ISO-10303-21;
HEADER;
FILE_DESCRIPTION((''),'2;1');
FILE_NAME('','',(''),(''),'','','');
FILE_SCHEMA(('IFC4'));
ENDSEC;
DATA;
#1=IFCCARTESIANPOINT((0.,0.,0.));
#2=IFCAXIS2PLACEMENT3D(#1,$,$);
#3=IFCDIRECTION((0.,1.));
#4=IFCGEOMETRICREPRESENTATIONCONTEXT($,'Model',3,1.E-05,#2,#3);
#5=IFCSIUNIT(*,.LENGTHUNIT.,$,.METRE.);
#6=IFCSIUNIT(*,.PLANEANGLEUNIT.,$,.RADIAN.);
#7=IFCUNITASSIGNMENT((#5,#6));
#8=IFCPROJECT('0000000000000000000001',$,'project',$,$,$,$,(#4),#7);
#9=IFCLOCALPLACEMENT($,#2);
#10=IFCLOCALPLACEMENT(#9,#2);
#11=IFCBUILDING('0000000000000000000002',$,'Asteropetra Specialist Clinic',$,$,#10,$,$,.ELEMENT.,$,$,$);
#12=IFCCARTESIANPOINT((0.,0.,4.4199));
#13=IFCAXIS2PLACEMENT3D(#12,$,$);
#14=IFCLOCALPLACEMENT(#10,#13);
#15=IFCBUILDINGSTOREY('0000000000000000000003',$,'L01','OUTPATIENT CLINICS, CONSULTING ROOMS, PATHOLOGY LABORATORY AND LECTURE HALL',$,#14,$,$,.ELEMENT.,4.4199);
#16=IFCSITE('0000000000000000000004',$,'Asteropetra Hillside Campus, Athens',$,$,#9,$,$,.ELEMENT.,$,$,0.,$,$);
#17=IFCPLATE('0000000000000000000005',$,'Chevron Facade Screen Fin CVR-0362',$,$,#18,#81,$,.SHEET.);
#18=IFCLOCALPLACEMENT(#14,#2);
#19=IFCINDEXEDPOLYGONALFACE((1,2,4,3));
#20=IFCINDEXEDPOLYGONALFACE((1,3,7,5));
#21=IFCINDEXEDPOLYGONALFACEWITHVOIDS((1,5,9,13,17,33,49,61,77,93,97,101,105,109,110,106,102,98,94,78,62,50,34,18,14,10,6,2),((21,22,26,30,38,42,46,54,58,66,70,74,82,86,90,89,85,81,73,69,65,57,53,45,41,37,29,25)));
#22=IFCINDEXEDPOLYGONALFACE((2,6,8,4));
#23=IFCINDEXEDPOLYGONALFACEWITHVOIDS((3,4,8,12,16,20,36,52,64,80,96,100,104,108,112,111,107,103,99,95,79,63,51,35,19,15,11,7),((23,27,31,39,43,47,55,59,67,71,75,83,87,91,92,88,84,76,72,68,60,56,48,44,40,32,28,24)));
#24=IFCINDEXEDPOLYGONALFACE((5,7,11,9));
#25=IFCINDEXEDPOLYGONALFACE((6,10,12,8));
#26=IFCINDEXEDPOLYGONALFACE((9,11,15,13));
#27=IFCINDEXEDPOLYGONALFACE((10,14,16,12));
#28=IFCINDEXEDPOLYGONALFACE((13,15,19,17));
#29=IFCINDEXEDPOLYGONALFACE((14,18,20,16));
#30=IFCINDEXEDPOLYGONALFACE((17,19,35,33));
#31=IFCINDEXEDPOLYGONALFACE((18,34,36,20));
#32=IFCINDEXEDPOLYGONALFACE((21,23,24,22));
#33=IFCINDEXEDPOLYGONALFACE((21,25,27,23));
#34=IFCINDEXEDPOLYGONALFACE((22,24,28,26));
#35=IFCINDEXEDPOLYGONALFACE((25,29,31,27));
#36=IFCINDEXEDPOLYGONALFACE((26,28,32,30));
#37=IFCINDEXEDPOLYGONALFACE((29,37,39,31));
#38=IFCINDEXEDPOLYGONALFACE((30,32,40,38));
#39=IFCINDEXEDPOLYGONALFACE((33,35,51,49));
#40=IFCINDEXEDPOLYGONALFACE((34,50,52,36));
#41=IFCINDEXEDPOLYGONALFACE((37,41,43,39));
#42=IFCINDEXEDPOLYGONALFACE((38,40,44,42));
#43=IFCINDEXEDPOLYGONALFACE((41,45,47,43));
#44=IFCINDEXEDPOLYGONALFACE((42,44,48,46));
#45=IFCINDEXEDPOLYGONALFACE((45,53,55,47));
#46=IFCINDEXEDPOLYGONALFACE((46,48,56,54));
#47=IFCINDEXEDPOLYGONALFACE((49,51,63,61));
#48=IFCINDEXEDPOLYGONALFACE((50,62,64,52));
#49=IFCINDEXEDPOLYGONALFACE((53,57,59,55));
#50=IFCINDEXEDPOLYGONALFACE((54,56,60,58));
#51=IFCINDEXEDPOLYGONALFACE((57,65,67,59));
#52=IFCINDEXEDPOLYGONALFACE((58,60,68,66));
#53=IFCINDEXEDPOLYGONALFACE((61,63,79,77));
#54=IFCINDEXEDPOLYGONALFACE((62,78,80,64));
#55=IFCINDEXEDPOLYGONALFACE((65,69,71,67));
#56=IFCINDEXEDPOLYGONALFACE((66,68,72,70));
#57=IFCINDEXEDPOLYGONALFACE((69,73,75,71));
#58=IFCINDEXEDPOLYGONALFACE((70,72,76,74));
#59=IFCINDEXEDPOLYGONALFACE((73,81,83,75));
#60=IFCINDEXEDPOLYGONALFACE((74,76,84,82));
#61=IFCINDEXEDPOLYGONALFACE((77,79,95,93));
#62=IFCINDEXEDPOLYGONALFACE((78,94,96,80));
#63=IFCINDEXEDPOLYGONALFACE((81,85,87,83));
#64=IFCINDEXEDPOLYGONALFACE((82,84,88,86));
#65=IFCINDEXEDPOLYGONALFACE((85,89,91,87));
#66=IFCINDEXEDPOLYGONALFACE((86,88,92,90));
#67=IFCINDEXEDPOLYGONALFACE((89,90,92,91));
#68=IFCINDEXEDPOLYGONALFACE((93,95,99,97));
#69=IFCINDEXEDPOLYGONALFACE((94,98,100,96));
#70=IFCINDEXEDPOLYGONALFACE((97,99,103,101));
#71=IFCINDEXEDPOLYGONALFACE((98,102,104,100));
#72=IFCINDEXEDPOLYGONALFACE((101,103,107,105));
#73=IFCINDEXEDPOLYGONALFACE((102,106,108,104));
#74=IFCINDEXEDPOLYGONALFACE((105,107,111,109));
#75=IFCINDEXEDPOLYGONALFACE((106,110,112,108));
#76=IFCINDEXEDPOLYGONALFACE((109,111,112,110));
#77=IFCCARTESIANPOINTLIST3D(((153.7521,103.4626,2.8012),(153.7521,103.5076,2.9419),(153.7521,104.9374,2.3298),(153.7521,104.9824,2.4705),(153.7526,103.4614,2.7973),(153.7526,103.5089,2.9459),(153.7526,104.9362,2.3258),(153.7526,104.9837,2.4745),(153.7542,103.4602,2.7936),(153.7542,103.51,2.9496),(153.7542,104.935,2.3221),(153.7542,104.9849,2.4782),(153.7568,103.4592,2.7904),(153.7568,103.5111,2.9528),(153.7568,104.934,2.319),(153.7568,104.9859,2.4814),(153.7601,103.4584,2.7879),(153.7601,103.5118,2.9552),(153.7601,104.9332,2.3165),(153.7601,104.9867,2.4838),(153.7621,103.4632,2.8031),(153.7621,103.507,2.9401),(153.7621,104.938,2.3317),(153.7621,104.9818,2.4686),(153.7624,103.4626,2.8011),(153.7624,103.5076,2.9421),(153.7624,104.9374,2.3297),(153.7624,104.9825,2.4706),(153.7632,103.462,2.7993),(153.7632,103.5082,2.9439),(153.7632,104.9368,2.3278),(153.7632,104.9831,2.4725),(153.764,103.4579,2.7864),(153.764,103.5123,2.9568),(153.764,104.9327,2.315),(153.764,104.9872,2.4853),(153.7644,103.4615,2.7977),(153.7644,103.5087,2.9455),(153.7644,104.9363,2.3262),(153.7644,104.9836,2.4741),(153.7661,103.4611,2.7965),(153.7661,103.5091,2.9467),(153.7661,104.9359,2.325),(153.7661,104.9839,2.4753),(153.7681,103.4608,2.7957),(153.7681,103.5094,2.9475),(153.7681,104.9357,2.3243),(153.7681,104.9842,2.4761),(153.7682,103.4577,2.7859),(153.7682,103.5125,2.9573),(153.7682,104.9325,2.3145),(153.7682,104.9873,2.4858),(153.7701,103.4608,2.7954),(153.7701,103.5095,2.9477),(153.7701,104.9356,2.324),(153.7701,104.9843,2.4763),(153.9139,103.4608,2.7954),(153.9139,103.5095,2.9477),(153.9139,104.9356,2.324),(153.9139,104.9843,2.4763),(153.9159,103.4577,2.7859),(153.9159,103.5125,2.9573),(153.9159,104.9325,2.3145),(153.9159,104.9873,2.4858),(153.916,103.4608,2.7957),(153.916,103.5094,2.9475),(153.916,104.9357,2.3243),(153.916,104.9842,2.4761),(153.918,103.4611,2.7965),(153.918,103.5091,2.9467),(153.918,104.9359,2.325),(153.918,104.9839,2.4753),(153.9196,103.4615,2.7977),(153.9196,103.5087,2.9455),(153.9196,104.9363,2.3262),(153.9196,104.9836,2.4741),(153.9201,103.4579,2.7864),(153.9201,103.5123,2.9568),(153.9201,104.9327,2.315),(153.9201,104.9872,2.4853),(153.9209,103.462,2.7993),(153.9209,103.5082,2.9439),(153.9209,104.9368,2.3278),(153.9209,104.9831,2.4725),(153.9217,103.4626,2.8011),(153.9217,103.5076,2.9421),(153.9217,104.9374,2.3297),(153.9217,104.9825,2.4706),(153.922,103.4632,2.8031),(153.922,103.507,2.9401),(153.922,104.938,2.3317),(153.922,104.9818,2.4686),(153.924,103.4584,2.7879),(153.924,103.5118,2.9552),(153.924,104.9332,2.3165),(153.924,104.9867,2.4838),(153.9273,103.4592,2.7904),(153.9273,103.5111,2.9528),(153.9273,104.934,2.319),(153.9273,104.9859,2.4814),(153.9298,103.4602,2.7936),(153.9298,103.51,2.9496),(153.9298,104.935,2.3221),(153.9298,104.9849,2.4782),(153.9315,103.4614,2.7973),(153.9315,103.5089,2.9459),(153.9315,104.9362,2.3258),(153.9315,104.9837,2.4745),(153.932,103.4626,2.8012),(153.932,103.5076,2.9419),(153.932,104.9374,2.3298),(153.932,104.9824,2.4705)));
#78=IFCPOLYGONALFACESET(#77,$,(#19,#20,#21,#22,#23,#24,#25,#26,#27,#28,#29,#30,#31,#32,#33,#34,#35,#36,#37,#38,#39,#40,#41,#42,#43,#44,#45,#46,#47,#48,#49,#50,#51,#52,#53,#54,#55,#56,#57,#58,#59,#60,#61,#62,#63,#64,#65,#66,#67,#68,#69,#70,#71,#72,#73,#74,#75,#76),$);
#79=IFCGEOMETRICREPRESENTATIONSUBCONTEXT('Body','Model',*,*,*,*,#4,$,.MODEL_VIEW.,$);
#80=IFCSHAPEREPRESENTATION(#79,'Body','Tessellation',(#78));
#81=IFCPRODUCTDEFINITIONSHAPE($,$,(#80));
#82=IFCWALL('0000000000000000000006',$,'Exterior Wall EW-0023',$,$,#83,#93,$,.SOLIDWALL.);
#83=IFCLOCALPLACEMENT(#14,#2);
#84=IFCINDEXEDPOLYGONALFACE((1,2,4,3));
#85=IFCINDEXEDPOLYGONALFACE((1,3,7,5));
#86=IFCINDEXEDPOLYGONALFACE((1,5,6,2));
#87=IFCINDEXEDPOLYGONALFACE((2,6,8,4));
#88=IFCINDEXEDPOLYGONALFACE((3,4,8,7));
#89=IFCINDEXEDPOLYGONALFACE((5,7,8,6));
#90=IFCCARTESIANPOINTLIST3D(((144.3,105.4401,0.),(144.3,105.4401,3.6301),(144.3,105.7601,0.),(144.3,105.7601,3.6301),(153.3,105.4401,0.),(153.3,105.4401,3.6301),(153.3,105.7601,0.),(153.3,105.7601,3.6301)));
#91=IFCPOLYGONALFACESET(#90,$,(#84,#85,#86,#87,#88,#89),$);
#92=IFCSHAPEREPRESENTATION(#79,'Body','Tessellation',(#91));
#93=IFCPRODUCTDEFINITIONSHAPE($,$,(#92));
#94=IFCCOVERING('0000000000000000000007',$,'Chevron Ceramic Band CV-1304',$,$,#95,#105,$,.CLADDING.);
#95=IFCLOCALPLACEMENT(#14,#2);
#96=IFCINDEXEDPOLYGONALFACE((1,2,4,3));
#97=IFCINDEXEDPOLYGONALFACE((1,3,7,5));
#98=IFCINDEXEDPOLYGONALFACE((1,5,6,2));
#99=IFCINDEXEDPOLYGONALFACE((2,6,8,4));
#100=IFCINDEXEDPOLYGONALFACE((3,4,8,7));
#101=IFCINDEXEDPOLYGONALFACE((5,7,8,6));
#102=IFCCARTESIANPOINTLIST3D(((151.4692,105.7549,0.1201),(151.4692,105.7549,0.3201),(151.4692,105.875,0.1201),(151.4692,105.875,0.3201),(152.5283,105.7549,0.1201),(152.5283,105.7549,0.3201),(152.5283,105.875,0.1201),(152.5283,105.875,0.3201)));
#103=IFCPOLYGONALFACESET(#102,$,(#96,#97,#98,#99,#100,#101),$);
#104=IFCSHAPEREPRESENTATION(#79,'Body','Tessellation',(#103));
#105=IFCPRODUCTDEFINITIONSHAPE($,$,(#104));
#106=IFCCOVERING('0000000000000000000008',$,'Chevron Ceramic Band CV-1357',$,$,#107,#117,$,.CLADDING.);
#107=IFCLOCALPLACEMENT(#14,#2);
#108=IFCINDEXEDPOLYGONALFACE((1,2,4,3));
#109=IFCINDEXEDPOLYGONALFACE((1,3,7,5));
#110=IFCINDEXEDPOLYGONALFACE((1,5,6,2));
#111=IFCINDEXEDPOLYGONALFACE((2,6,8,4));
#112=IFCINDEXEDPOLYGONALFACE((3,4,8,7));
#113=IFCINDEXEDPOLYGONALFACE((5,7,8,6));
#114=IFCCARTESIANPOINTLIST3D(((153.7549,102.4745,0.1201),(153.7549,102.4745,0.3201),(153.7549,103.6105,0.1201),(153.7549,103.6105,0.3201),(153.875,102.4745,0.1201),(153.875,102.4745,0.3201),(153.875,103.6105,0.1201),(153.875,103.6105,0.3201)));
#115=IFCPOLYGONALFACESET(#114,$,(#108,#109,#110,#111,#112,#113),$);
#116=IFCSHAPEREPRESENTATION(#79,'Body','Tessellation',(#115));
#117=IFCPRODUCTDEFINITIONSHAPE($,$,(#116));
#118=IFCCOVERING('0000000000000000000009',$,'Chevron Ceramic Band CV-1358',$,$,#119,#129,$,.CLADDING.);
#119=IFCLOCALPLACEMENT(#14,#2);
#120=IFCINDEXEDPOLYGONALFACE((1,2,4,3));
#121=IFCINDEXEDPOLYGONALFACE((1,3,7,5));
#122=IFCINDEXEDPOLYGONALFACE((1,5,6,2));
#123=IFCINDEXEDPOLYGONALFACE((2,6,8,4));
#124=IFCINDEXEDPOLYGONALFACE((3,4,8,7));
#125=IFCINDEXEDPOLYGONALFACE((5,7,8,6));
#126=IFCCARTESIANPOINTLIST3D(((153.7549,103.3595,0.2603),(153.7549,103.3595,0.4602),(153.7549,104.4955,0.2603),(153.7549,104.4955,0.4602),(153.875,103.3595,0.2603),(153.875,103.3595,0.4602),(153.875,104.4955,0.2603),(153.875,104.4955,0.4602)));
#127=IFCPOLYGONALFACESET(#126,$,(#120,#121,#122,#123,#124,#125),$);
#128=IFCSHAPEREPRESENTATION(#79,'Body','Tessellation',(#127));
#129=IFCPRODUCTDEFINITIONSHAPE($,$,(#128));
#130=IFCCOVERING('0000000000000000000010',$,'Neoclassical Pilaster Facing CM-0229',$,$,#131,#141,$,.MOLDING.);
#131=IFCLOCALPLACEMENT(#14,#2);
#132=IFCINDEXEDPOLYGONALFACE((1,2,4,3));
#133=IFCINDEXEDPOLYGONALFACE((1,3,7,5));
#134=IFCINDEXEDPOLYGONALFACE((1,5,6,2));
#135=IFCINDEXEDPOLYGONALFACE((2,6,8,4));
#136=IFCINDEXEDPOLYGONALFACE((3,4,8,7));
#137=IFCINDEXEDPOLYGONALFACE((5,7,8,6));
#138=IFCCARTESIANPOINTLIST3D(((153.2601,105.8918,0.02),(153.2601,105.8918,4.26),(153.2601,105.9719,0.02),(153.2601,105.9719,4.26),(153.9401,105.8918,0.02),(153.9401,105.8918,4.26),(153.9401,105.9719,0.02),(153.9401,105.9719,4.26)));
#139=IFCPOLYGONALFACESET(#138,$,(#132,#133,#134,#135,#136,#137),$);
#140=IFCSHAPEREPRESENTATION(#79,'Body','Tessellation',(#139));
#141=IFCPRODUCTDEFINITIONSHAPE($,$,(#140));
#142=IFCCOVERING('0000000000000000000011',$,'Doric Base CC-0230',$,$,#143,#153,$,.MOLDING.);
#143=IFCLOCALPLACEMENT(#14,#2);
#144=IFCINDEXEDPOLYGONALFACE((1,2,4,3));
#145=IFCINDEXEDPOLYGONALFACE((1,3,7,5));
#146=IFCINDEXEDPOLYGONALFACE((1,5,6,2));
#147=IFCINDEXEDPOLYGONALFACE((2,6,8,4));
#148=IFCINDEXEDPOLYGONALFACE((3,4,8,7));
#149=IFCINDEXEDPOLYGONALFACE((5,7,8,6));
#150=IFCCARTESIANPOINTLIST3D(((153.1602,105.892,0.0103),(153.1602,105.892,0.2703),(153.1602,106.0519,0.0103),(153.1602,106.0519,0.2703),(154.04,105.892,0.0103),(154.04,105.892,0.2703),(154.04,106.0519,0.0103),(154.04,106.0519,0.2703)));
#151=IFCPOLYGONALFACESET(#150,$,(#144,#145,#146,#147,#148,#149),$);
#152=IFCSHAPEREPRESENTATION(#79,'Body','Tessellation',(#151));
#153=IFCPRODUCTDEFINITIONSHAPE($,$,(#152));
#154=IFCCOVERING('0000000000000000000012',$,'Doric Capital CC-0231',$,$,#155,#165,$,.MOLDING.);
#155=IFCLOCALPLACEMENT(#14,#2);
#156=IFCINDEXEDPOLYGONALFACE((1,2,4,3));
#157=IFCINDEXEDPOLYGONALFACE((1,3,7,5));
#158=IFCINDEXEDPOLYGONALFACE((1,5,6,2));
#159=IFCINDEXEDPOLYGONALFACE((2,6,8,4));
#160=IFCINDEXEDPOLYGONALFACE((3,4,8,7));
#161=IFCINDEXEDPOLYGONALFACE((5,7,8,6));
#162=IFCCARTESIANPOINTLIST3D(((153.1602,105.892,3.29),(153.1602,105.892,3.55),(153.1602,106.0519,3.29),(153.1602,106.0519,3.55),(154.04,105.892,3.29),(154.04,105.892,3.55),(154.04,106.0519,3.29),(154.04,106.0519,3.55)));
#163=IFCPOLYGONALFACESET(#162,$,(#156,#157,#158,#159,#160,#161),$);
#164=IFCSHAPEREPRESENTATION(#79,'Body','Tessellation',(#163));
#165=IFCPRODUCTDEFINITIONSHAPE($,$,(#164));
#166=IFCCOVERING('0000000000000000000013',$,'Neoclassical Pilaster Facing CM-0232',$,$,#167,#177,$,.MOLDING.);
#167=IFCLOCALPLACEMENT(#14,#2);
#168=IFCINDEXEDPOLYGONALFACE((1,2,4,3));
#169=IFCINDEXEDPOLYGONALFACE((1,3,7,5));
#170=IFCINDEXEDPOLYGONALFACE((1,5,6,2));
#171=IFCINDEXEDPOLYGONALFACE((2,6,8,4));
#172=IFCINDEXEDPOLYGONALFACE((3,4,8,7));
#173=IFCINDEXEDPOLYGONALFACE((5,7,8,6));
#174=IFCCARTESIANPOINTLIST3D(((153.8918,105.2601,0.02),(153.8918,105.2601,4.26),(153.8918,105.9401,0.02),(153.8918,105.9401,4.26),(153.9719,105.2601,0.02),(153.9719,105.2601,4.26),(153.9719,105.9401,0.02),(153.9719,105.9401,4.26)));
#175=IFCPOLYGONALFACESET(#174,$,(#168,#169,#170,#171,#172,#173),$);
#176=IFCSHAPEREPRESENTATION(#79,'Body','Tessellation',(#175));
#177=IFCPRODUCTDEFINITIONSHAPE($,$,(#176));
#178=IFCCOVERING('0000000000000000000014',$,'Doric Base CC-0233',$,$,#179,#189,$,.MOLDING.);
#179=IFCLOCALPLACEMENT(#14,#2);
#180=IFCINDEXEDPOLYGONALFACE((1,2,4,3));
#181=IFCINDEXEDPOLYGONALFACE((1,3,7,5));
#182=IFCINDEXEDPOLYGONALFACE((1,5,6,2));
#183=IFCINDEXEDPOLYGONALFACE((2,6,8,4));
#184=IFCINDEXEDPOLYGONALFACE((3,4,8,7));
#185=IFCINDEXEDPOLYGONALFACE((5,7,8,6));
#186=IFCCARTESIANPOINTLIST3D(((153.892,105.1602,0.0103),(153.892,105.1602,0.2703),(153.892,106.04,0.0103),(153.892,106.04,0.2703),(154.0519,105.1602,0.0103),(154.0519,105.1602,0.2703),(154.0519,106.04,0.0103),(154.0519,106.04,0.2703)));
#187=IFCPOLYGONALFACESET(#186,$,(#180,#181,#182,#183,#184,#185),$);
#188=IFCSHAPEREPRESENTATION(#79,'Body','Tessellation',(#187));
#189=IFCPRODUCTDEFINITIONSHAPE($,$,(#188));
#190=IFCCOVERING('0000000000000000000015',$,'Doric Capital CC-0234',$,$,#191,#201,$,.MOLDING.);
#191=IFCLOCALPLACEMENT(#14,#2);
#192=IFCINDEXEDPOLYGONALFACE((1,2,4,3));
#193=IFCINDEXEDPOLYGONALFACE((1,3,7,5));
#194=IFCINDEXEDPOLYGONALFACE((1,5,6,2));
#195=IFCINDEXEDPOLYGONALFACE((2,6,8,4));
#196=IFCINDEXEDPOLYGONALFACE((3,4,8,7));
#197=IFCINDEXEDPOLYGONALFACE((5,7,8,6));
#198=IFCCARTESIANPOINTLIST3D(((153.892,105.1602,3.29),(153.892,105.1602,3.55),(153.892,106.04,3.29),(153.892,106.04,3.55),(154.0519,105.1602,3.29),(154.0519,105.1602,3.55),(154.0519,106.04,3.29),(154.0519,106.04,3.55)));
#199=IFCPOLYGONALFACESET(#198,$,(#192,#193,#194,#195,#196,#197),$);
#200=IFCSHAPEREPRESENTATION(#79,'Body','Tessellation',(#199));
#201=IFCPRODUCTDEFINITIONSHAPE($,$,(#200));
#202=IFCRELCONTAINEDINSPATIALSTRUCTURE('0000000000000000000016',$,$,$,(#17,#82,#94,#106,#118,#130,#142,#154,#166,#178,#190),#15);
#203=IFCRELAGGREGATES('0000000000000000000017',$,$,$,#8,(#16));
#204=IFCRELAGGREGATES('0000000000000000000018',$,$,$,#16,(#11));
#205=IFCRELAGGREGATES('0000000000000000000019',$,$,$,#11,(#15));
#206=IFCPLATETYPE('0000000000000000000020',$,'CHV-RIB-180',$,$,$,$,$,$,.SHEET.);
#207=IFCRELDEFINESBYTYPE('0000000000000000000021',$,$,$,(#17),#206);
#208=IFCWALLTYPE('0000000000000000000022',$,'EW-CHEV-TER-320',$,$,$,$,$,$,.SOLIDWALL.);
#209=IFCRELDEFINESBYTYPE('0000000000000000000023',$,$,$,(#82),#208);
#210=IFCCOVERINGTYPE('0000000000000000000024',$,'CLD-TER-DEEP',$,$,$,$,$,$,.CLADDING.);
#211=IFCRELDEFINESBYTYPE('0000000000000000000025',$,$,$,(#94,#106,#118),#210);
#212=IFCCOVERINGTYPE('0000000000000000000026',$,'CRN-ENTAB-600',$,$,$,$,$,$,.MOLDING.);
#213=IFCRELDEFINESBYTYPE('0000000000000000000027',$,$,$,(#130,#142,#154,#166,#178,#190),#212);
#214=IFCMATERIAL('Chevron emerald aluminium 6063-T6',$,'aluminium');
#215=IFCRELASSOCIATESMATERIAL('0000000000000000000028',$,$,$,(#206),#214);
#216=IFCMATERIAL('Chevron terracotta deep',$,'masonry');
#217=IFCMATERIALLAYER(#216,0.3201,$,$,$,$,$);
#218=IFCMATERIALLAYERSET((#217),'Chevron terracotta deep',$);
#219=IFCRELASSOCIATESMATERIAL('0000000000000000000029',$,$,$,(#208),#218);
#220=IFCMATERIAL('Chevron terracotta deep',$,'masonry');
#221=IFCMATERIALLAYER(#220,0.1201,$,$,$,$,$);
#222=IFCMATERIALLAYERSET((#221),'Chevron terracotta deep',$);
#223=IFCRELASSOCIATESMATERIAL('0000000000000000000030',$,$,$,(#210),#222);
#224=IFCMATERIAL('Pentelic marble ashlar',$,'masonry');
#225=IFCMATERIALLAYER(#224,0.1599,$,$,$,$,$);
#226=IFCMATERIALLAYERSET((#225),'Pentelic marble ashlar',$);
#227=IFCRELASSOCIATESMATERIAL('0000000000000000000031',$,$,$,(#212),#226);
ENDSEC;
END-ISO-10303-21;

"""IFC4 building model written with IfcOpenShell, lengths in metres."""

from ifc_helpers import new_model, si_unit, direction, frame, frame_2d, origin, origin_2d, place, context, subcontext, project, spatial, rectangle, hollow_rectangle, extrude, material, layer, layer_set, material_profile, profile_set, type_object, element, save


model = new_model("IFC4")

# Units and contexts
model_context = context("Model", 3, precision=1e-05, world=origin(), true_north=direction((0.0, 1.0)))
body_context = subcontext(model_context, "Body", "Model", "MODEL_VIEW")
ifc_project = project(units=[si_unit("LENGTHUNIT", "METRE"), si_unit("PLANEANGLEUNIT", "RADIAN")], contexts=[model_context])

# Site, building, storey
site_placement = place(None, origin())
site = spatial("IfcSite", under=ifc_project, at=site_placement, Name="Asteropetra Hillside Campus, Athens", CompositionType="ELEMENT", RefElevation=0.0)
building_placement = place(site_placement, origin())
building = spatial("IfcBuilding", under=site, at=building_placement, Name="Asteropetra Specialist Clinic", CompositionType="ELEMENT")
storey_placement = place(building_placement, frame((0.0, 0.0, 4.4199)))
storey = spatial("IfcBuildingStorey", under=building, at=storey_placement, Name="L01", Description="OUTPATIENT CLINICS, CONSULTING ROOMS, PATHOLOGY LABORATORY AND LECTURE HALL", CompositionType="ELEMENT", Elevation=4.4199)

# Plate
ifc_material_1 = material(Name="Chevron emerald aluminium 6063-T6", Category="aluminium")
ifc_material_profile_1 = material_profile(ifc_material_1, hollow_rectangle(XDim=0.1799, YDim=0.1799, WallThickness=0.01, InnerFilletRadius=0.0081, OuterFilletRadius=0.0161, at=origin_2d()), Name="SHS 180x180x10.0")
ifc_profile_set_1 = profile_set([ifc_material_profile_1], Name="Chevron emerald aluminium 6063-T6")
plate_type = type_object("IfcPlateType", Name="CHV-RIB-180", PredefinedType="SHEET", material=ifc_profile_set_1)
plate_1_placement = place(storey_placement, frame((153.842, 103.4851, 2.8716), z_axis=(0.0, 0.952521, -0.304472), x_axis=(-1.0, 0.0, 0.0)))
element("IfcPlate", 1, at=plate_1_placement, inside=storey, type_object=plate_type, Name="Chevron Facade Screen Fin CVR-0362", PredefinedType="SHEET", context=body_context, shape_type="SweptSolid", body=[
    extrude(hollow_rectangle(XDim=0.1799, YDim=0.1799, WallThickness=0.01, InnerFilletRadius=0.0081, OuterFilletRadius=0.0161, at=origin_2d()), origin(), (0.0, 0.0, 1.0), 1.5483),
])

# Wall
ifc_material_2 = material(Name="Chevron terracotta deep", Category="masonry")
ifc_layer_1 = layer(ifc_material_2, 0.3201)
ifc_layer_set_1 = layer_set([ifc_layer_1], Name="Chevron terracotta deep")
wall_type = type_object("IfcWallType", Name="EW-CHEV-TER-320", PredefinedType="SOLIDWALL", material=ifc_layer_set_1)
wall_placement = place(storey_placement, frame((153.3, 105.6001, 0.0), z_axis=(0.0, 0.0, 1.0), x_axis=(-1.0, 0.0, 0.0)))
element("IfcWall", 2, at=wall_placement, inside=storey, type_object=wall_type, Name="Exterior Wall EW-0023", PredefinedType="SOLIDWALL", context=body_context, shape_type="SweptSolid", body=[
    extrude(rectangle(XDim=9.0, YDim=0.3201, at=frame_2d((4.5, 0.0))), origin(), (0.0, 0.0, 1.0), 3.6301),
])

# Coverings
ifc_material_3 = material(Name="Chevron terracotta deep", Category="masonry")
ifc_layer_2 = layer(ifc_material_3, 0.1201)
ifc_layer_set_2 = layer_set([ifc_layer_2], Name="Chevron terracotta deep")
covering_type_1 = type_object("IfcCoveringType", Name="CLD-TER-DEEP", PredefinedType="CLADDING", material=ifc_layer_set_2)
covering_1_placement = place(storey_placement, frame((151.9988, 105.8149, 0.1201), z_axis=(0.0, 0.0, 1.0), x_axis=(1.0, 0.0, 0.0)))
element("IfcCovering", 3, at=covering_1_placement, inside=storey, type_object=covering_type_1, Name="Chevron Ceramic Band CV-1304", PredefinedType="CLADDING", context=body_context, shape_type="SweptSolid", body=[
    extrude(rectangle(XDim=1.0591, YDim=0.1201, at=origin_2d()), origin(), (0.0, 0.0, 1.0), 0.2),
])
for number, where, z_axis, x_axis, name in (
    (4, (153.8149, 103.0425, 0.1201), (0.0, 0.0, 1.0), (1.0, 0.0, 0.0), "Chevron Ceramic Band CV-1357"),
    (5, (153.8149, 103.9275, 0.2603), (0.0, 0.0, 1.0), (1.0, 0.0, 0.0), "Chevron Ceramic Band CV-1358"),
):
    element("IfcCovering", number, at=place(storey_placement, frame(where, z_axis=z_axis, x_axis=x_axis)), inside=storey, type_object=covering_type_1, Name=name, PredefinedType="CLADDING", context=body_context, shape_type="SweptSolid", body=[
        extrude(rectangle(XDim=0.1201, YDim=1.136, at=origin_2d()), origin(), (0.0, 0.0, 1.0), 0.2),
    ])
ifc_material_4 = material(Name="Pentelic marble ashlar", Category="masonry")
ifc_layer_3 = layer(ifc_material_4, 0.1599)
ifc_layer_set_3 = layer_set([ifc_layer_3], Name="Pentelic marble ashlar")
covering_type_2 = type_object("IfcCoveringType", Name="CRN-ENTAB-600", PredefinedType="MOLDING", material=ifc_layer_set_3)
covering_2_placement = place(storey_placement, frame((153.6001, 105.9319, 0.02), z_axis=(0.0, 0.0, 1.0), x_axis=(1.0, 0.0, 0.0)))
element("IfcCovering", 6, at=covering_2_placement, inside=storey, type_object=covering_type_2, Name="Neoclassical Pilaster Facing CM-0229", PredefinedType="MOLDING", context=body_context, shape_type="SweptSolid", body=[
    extrude(rectangle(XDim=0.6799, YDim=0.0801, at=origin_2d()), origin(), (0.0, 0.0, 1.0), 4.24),
])
for number, where, z_axis, x_axis, name in (
    (7, (153.6001, 105.9719, 0.0103), (0.0, 0.0, 1.0), (1.0, 0.0, 0.0), "Doric Base CC-0230"),
    (8, (153.6001, 105.9719, 3.29), (0.0, 0.0, 1.0), (1.0, 0.0, 0.0), "Doric Capital CC-0231"),
):
    element("IfcCovering", number, at=place(storey_placement, frame(where, z_axis=z_axis, x_axis=x_axis)), inside=storey, type_object=covering_type_2, Name=name, PredefinedType="MOLDING", context=body_context, shape_type="SweptSolid", body=[
        extrude(rectangle(XDim=0.8799, YDim=0.1599, at=origin_2d()), origin(), (0.0, 0.0, 1.0), 0.26),
    ])
covering_3_placement = place(storey_placement, frame((153.9319, 105.6001, 0.02), z_axis=(0.0, 0.0, 1.0), x_axis=(1.0, 0.0, 0.0)))
element("IfcCovering", 9, at=covering_3_placement, inside=storey, type_object=covering_type_2, Name="Neoclassical Pilaster Facing CM-0232", PredefinedType="MOLDING", context=body_context, shape_type="SweptSolid", body=[
    extrude(rectangle(XDim=0.0801, YDim=0.6799, at=origin_2d()), origin(), (0.0, 0.0, 1.0), 4.24),
])
for number, where, z_axis, x_axis, name in (
    (10, (153.9719, 105.6001, 0.0103), (0.0, 0.0, 1.0), (1.0, 0.0, 0.0), "Doric Base CC-0233"),
    (11, (153.9719, 105.6001, 3.29), (0.0, 0.0, 1.0), (1.0, 0.0, 0.0), "Doric Capital CC-0234"),
):
    element("IfcCovering", number, at=place(storey_placement, frame(where, z_axis=z_axis, x_axis=x_axis)), inside=storey, type_object=covering_type_2, Name=name, PredefinedType="MOLDING", context=body_context, shape_type="SweptSolid", body=[
        extrude(rectangle(XDim=0.1599, YDim=0.8799, at=origin_2d()), origin(), (0.0, 0.0, 1.0), 0.26),
    ])

save(model, "model.ifc")
